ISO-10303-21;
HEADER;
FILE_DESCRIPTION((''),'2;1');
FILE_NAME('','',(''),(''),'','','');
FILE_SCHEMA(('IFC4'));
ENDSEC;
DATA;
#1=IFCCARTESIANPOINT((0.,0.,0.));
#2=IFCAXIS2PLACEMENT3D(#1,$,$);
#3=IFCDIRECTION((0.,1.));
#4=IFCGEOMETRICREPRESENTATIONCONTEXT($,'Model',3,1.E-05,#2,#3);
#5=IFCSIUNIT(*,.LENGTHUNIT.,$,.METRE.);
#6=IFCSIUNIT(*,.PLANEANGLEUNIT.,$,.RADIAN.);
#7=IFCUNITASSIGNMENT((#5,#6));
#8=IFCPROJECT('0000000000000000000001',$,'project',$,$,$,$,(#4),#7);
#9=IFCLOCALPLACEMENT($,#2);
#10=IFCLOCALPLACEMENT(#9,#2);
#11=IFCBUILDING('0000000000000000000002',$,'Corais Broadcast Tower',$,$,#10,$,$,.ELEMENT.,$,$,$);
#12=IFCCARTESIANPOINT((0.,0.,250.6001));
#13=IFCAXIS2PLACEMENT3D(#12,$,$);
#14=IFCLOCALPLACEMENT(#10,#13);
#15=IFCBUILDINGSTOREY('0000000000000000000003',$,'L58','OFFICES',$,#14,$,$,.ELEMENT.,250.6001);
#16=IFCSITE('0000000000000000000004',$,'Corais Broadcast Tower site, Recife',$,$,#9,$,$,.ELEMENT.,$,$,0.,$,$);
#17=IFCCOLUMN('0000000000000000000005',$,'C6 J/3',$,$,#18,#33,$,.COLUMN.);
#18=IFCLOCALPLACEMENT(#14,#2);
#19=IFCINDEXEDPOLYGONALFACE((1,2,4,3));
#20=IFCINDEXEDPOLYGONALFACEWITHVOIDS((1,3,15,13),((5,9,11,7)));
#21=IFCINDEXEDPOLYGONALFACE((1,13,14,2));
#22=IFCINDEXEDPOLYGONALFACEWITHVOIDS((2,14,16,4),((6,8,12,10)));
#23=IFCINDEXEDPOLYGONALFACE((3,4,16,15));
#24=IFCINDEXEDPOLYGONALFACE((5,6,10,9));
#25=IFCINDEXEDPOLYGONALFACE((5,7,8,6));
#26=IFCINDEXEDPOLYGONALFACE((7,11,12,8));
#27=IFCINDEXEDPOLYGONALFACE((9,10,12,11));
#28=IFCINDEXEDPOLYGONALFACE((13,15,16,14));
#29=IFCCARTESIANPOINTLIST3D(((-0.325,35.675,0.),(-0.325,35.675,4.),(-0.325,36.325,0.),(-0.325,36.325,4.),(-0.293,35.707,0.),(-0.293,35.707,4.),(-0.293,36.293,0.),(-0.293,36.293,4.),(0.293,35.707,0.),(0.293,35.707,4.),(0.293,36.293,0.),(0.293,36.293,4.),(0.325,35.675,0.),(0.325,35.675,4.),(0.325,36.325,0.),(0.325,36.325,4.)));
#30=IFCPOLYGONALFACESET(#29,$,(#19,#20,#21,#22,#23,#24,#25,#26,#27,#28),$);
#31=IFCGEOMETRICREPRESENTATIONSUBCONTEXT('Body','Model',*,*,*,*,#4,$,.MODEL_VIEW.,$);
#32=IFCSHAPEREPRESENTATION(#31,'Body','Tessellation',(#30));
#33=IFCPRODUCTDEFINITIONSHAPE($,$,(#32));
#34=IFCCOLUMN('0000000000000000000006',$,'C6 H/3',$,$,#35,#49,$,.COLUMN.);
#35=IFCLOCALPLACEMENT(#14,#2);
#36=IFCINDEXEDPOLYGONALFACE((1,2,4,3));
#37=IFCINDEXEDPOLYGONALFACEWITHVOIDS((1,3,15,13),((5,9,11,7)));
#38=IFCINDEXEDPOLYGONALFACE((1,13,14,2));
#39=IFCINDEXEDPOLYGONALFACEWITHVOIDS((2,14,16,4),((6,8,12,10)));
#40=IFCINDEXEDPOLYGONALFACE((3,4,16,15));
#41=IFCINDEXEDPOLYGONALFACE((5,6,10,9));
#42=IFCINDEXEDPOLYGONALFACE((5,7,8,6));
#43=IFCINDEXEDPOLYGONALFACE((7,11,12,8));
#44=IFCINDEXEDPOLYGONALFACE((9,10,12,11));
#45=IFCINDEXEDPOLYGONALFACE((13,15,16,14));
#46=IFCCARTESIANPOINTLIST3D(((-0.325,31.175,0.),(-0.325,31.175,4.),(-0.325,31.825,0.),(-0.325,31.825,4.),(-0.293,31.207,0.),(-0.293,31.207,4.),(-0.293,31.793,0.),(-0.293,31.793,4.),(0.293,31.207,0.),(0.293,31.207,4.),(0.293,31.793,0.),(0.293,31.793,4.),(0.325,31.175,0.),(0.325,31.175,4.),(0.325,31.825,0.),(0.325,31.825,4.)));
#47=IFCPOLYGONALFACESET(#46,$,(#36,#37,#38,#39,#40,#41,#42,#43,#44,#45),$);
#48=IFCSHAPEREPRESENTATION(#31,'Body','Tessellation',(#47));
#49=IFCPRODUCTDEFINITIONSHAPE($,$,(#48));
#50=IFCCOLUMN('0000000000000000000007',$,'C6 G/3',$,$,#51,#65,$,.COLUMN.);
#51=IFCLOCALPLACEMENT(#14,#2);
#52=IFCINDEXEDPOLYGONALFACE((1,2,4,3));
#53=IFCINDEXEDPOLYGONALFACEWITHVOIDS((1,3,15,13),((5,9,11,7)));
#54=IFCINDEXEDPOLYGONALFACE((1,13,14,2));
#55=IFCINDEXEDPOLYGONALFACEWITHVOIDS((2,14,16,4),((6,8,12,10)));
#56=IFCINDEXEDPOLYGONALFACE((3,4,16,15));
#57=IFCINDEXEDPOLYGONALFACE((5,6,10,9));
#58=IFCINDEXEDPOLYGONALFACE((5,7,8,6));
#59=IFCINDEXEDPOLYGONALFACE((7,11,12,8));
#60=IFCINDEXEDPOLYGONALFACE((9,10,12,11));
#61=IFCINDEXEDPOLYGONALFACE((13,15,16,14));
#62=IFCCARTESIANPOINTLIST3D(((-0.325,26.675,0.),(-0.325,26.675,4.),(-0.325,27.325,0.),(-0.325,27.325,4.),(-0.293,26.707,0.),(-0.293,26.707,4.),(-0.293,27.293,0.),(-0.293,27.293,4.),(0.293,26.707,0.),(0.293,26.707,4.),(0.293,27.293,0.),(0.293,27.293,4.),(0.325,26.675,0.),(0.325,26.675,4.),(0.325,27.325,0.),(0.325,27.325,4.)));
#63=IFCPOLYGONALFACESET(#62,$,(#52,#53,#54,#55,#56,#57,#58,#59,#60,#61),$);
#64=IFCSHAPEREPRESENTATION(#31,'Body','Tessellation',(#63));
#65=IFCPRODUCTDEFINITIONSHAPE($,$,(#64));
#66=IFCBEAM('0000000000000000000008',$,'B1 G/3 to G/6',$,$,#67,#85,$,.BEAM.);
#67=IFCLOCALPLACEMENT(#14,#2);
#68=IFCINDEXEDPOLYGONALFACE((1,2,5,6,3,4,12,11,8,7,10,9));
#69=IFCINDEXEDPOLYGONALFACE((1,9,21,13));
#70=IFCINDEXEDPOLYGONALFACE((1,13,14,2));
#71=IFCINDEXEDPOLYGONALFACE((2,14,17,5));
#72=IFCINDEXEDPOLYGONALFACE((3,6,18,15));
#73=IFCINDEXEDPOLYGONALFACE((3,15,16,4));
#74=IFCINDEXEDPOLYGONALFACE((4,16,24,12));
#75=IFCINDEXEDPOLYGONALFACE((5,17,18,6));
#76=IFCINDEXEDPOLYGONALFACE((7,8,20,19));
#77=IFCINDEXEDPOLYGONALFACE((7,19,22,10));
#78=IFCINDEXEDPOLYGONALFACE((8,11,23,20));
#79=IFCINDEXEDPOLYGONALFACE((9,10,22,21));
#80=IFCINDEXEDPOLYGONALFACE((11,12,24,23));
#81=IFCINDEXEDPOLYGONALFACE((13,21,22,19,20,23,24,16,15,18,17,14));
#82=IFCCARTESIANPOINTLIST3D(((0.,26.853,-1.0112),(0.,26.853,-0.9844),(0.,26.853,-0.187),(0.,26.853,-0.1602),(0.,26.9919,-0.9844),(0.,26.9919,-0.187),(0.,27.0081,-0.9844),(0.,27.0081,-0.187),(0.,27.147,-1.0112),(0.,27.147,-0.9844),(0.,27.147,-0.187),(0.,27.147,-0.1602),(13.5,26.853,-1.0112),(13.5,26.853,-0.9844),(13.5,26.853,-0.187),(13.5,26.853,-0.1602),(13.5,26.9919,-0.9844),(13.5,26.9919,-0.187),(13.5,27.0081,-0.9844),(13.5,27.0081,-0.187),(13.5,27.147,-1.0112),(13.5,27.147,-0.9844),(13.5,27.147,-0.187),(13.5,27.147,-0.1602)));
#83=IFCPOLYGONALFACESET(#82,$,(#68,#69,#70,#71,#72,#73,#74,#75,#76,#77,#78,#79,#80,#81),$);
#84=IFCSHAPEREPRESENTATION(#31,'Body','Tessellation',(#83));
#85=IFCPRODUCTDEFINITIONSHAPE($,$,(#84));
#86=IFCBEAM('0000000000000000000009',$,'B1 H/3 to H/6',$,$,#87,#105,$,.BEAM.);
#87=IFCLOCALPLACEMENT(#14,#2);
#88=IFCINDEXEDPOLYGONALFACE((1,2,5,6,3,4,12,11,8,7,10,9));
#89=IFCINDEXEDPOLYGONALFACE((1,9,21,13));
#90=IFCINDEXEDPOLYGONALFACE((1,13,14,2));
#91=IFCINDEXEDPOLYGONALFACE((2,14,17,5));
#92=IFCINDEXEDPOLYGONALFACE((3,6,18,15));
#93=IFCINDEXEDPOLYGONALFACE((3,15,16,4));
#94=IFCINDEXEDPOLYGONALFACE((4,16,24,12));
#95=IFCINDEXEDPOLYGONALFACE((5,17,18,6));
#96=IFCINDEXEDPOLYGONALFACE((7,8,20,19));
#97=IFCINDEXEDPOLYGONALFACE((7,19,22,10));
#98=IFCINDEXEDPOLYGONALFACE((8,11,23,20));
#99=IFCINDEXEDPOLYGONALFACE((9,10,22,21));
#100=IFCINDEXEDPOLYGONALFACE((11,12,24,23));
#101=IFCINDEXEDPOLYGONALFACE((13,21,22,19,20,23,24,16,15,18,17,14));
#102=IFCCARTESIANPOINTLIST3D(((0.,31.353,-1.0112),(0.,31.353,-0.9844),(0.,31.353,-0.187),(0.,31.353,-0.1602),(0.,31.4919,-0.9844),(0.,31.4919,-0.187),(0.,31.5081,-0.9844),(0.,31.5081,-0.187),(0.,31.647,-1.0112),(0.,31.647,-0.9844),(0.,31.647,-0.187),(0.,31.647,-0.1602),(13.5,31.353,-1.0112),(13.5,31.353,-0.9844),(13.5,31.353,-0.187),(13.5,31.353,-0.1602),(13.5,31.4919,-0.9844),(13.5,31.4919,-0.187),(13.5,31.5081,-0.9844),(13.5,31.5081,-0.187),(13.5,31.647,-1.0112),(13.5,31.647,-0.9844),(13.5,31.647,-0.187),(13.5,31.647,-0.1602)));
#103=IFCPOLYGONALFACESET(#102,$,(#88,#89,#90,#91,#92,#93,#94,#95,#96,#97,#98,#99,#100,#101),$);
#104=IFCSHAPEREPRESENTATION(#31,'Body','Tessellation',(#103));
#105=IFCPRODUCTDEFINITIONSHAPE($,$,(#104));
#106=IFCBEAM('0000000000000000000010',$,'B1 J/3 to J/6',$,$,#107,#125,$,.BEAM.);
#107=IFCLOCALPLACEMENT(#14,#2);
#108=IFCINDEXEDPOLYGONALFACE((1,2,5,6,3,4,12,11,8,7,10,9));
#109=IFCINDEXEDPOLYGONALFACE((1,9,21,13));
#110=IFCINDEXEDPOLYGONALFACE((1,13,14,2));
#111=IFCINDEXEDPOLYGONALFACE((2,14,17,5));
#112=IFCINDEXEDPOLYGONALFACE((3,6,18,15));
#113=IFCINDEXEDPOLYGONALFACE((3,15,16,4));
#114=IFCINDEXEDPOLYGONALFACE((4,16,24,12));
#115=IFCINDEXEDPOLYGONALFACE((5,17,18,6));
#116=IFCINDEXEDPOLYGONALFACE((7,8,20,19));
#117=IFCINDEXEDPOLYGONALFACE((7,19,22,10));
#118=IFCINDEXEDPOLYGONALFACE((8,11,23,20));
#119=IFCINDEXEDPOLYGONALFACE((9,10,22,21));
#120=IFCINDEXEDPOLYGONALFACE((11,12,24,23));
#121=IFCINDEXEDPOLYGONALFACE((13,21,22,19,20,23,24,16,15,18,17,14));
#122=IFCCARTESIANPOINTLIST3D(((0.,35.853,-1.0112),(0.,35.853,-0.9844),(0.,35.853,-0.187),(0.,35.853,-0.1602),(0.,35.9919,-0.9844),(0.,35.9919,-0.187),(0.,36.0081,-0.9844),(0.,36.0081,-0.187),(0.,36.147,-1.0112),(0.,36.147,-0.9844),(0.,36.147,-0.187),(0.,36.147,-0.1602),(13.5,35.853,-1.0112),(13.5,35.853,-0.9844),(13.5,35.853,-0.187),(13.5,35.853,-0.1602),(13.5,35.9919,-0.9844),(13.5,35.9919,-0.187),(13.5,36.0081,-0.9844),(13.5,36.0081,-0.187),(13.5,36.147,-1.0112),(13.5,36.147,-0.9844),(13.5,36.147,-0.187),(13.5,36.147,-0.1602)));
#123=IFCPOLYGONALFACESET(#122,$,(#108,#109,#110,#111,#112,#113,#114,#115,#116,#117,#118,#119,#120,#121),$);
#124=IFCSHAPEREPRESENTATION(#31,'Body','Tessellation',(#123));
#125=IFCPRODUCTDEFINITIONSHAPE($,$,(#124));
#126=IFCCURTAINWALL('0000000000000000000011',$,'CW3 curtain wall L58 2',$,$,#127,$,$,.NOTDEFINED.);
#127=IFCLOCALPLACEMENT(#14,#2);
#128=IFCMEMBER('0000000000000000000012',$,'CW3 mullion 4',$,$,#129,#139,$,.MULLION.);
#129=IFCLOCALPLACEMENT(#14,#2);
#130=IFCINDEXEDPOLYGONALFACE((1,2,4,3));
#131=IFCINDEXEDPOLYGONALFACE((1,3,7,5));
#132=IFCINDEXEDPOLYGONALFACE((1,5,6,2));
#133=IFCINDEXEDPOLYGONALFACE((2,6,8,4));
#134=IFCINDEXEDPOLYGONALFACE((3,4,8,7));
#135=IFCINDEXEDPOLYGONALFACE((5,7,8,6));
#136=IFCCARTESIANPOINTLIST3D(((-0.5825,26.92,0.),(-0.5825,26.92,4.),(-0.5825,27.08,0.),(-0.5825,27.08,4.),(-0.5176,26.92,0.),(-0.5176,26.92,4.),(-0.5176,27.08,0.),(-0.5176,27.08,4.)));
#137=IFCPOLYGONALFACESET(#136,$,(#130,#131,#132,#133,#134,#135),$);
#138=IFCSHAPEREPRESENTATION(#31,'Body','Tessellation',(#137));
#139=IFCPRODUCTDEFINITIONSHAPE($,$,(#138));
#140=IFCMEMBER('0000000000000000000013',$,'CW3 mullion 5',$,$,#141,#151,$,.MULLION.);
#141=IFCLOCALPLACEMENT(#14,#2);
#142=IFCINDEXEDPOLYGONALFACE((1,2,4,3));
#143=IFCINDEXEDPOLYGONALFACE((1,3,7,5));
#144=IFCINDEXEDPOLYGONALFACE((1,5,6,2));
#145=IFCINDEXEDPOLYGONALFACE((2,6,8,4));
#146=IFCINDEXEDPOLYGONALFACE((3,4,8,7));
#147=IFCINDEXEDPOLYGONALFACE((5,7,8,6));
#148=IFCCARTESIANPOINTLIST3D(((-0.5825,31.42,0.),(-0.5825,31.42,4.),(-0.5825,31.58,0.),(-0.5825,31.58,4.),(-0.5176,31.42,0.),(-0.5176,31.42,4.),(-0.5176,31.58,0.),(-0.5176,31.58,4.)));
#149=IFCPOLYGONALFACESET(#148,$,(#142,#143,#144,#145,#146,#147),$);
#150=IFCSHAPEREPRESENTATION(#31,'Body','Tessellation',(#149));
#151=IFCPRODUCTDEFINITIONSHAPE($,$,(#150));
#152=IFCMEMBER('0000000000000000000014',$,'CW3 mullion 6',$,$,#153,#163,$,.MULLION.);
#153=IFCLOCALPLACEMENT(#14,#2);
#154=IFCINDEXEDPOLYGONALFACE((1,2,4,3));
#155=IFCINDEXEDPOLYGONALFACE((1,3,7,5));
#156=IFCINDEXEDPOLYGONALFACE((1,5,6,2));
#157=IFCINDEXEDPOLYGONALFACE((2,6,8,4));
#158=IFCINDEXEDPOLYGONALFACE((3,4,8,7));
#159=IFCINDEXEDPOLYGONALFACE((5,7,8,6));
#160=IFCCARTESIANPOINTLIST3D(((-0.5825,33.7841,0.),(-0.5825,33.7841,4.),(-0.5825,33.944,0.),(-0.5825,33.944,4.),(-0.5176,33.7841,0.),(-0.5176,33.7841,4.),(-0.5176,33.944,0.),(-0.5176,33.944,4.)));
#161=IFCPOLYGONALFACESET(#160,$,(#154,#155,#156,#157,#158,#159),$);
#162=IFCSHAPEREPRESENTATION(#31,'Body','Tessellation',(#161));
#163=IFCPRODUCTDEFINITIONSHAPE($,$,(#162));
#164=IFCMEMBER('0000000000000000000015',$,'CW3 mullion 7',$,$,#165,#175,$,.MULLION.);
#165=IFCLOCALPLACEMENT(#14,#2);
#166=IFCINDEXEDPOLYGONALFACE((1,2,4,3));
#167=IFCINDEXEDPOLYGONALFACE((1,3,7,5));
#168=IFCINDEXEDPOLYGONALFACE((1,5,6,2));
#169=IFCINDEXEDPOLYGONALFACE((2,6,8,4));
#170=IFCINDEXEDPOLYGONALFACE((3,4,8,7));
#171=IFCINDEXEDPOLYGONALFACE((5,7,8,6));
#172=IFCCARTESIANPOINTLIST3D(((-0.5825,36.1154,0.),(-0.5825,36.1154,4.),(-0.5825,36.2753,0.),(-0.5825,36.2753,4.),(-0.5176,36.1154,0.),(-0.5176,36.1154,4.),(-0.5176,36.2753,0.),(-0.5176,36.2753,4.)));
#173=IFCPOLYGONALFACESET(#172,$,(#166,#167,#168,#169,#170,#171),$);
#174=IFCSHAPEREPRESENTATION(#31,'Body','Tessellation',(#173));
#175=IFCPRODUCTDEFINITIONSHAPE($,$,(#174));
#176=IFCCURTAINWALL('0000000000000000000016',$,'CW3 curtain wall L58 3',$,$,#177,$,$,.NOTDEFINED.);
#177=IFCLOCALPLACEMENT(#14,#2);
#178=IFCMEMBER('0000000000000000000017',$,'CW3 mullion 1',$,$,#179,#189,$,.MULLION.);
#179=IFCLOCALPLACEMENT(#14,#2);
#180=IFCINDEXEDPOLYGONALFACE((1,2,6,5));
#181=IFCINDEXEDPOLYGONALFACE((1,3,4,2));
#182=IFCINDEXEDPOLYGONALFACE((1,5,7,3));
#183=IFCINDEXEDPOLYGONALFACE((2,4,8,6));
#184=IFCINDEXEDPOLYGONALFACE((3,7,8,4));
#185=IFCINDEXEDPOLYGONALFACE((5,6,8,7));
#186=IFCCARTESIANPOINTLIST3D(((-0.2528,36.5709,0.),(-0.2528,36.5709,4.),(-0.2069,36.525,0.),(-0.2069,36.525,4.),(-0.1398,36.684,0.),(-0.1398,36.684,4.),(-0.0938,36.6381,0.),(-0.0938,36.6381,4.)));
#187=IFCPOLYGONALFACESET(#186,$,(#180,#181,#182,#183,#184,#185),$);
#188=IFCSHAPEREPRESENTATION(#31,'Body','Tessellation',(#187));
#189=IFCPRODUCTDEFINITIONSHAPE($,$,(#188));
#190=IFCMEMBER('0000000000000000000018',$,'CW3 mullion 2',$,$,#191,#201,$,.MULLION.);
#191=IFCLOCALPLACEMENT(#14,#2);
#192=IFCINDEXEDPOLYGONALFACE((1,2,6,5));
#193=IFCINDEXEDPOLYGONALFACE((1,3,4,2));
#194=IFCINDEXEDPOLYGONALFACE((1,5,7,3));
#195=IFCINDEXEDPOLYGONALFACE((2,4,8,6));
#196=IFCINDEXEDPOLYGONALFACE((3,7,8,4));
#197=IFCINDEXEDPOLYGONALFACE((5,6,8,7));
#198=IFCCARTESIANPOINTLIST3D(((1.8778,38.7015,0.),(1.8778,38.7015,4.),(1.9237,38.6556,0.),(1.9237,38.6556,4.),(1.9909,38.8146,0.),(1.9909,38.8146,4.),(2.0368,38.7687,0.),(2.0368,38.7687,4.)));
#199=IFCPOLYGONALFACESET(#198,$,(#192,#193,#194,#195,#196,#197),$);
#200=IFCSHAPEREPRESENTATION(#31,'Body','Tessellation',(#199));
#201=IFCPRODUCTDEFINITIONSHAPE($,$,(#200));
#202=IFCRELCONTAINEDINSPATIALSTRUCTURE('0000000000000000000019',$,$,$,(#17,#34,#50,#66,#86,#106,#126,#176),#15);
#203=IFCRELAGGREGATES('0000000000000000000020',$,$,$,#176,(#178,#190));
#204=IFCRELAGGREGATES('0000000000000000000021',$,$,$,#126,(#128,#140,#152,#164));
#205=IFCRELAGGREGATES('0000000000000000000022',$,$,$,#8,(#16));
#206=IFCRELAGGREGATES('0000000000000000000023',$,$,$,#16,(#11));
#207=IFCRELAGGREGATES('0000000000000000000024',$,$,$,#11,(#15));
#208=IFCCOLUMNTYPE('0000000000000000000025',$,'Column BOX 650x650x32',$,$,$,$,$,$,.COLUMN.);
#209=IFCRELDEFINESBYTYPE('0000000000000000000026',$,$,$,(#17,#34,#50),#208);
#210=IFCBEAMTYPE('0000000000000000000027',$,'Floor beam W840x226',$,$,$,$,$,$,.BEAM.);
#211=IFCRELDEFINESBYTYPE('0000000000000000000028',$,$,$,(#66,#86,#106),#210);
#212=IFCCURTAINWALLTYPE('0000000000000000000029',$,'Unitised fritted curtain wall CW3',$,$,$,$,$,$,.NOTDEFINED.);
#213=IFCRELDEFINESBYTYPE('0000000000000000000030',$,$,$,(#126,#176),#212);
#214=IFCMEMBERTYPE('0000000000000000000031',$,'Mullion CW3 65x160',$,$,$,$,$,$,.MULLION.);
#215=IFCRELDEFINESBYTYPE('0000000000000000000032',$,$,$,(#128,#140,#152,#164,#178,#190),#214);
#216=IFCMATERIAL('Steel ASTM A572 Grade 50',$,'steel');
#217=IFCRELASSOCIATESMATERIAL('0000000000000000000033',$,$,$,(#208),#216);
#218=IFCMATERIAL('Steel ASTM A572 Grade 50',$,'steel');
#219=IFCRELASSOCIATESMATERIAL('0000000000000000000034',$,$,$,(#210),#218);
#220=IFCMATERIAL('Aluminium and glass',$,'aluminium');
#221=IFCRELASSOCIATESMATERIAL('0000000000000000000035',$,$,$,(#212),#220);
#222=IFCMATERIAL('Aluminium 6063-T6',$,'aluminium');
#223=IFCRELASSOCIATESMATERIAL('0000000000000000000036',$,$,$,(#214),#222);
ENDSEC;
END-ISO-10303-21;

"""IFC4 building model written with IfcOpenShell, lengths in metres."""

from ifc_helpers import new_model, si_unit, direction, frame, origin, origin_2d, place, context, subcontext, project, spatial, rectangle, hollow_rectangle, i_section, extrude, material, material_profile, profile_set, type_object, element, aggregate, save


model = new_model("IFC4")

# Units and contexts
model_context = context("Model", 3, precision=1e-05, world=origin(), true_north=direction((0.0, 1.0)))
body_context = subcontext(model_context, "Body", "Model", "MODEL_VIEW")
ifc_project = project(units=[si_unit("LENGTHUNIT", "METRE"), si_unit("PLANEANGLEUNIT", "RADIAN")], contexts=[model_context])

# Site, building, storey
site_placement = place(None, origin())
site = spatial("IfcSite", under=ifc_project, at=site_placement, Name="Corais Broadcast Tower site, Recife", CompositionType="ELEMENT", RefElevation=0.0)
building_placement = place(site_placement, origin())
building = spatial("IfcBuilding", under=site, at=building_placement, Name="Corais Broadcast Tower", CompositionType="ELEMENT")
storey_placement = place(building_placement, frame((0.0, 0.0, 250.6001)))
storey = spatial("IfcBuildingStorey", under=building, at=storey_placement, Name="L58", Description="OFFICES", CompositionType="ELEMENT", Elevation=250.6001)

# Columns
ifc_material_1 = material(Name="Steel ASTM A572 Grade 50", Category="steel")
ifc_material_profile_1 = material_profile(ifc_material_1, hollow_rectangle(XDim=0.6499, YDim=0.6499, WallThickness=0.032, at=origin_2d()), Name="BOX 650x650x32")
ifc_profile_set_1 = profile_set([ifc_material_profile_1], Name="Steel ASTM A572 Grade 50")
column_type = type_object("IfcColumnType", Name="Column BOX 650x650x32", PredefinedType="COLUMN", material=ifc_profile_set_1)
for number, where, z_axis, x_axis, name in (
    (1, (0.0, 36.0, 0.0), (0.0, 0.0, 1.0), (1.0, 0.0, 0.0), "C6 J/3"),
    (2, (0.0, 31.5, 0.0), (0.0, 0.0, 1.0), (1.0, 0.0, 0.0), "C6 H/3"),
    (3, (0.0, 27.0, 0.0), (0.0, 0.0, 1.0), (1.0, 0.0, 0.0), "C6 G/3"),
):
    element("IfcColumn", number, at=place(storey_placement, frame(where, z_axis=z_axis, x_axis=x_axis)), inside=storey, type_object=column_type, Name=name, PredefinedType="COLUMN", context=body_context, shape_type="SweptSolid", body=[
        extrude(hollow_rectangle(XDim=0.6499, YDim=0.6499, WallThickness=0.032, at=origin_2d()), origin(), (0.0, 0.0, 1.0), 4.0),
    ])

# Beams
ifc_material_2 = material(Name="Steel ASTM A572 Grade 50", Category="steel")
ifc_material_profile_2 = material_profile(ifc_material_2, i_section(OverallWidth=0.2939, OverallDepth=0.8511, WebThickness=0.0161, FlangeThickness=0.0269, at=origin_2d()), Name="W840x226")
ifc_profile_set_2 = profile_set([ifc_material_profile_2], Name="Steel ASTM A572 Grade 50")
beam_type_1 = type_object("IfcBeamType", Name="Floor beam W840x226", PredefinedType="BEAM", material=ifc_profile_set_2)
for number, where, z_axis, x_axis, name in (
    (4, (0.0, 27.0, -0.5857), (1.0, 0.0, 0.0), (0.0, 1.0, 0.0), "B1 G/3 to G/6"),
    (5, (0.0, 31.5, -0.5857), (1.0, 0.0, 0.0), (0.0, 1.0, 0.0), "B1 H/3 to H/6"),
    (6, (0.0, 36.0, -0.5857), (1.0, 0.0, 0.0), (0.0, 1.0, 0.0), "B1 J/3 to J/6"),
):
    element("IfcBeam", number, at=place(storey_placement, frame(where, z_axis=z_axis, x_axis=x_axis)), inside=storey, type_object=beam_type_1, Name=name, PredefinedType="BEAM", context=body_context, shape_type="SweptSolid", body=[
        extrude(i_section(OverallWidth=0.2939, OverallDepth=0.8511, WebThickness=0.0161, FlangeThickness=0.0269, at=origin_2d()), origin(), (0.0, 0.0, 1.0), 13.5),
    ])

# Curtain walls, members
ifc_material_3 = material(Name="Aluminium and glass", Category="aluminium")
curtain_wall_type = type_object("IfcCurtainWallType", Name="Unitised fritted curtain wall CW3", PredefinedType="NOTDEFINED", material=ifc_material_3)
curtain_wall_1_placement = place(storey_placement, origin())
curtain_wall_1 = element("IfcCurtainWall", 7, at=curtain_wall_1_placement, inside=storey, type_object=curtain_wall_type, Name="CW3 curtain wall L58 2", PredefinedType="NOTDEFINED")
ifc_material_4 = material(Name="Aluminium 6063-T6", Category="aluminium")
ifc_material_profile_3 = material_profile(ifc_material_4, rectangle(XDim=0.0649, YDim=0.1599, at=origin_2d()), Name="Mullion CW3 65x160")
ifc_profile_set_3 = profile_set([ifc_material_profile_3], Name="Aluminium 6063-T6")
member_type_1 = type_object("IfcMemberType", Name="Mullion CW3 65x160", PredefinedType="MULLION", material=ifc_profile_set_3)
member_1_placement = place(storey_placement, frame((-0.55, 27.0, 0.0), z_axis=(0.0, 0.0, 1.0), x_axis=(-1.0, 0.0, 0.0)))
member_1 = element("IfcMember", 8, at=member_1_placement, type_object=member_type_1, Name="CW3 mullion 4", PredefinedType="MULLION", context=body_context, shape_type="SweptSolid", body=[
    extrude(rectangle(XDim=0.0649, YDim=0.1599, at=origin_2d()), origin(), (0.0, 0.0, 1.0), 4.0),
])
member_2_placement = place(storey_placement, frame((-0.55, 31.5, 0.0), z_axis=(0.0, 0.0, 1.0), x_axis=(-1.0, 0.0, 0.0)))
member_2 = element("IfcMember", 9, at=member_2_placement, type_object=member_type_1, Name="CW3 mullion 5", PredefinedType="MULLION", context=body_context, shape_type="SweptSolid", body=[
    extrude(rectangle(XDim=0.0649, YDim=0.1599, at=origin_2d()), origin(), (0.0, 0.0, 1.0), 4.0),
])
member_3_placement = place(storey_placement, frame((-0.55, 33.864, 0.0), z_axis=(0.0, 0.0, 1.0), x_axis=(-1.0, 0.0, 0.0)))
member_3 = element("IfcMember", 10, at=member_3_placement, type_object=member_type_1, Name="CW3 mullion 6", PredefinedType="MULLION", context=body_context, shape_type="SweptSolid", body=[
    extrude(rectangle(XDim=0.0649, YDim=0.1599, at=origin_2d()), origin(), (0.0, 0.0, 1.0), 4.0),
])
member_4_placement = place(storey_placement, frame((-0.55, 36.1953, 0.0), z_axis=(0.0, 0.0, 1.0), x_axis=(-1.0, 0.0, 0.0)))
member_4 = element("IfcMember", 11, at=member_4_placement, type_object=member_type_1, Name="CW3 mullion 7", PredefinedType="MULLION", context=body_context, shape_type="SweptSolid", body=[
    extrude(rectangle(XDim=0.0649, YDim=0.1599, at=origin_2d()), origin(), (0.0, 0.0, 1.0), 4.0),
])
curtain_wall_2_placement = place(storey_placement, origin())
curtain_wall_2 = element("IfcCurtainWall", 12, at=curtain_wall_2_placement, inside=storey, type_object=curtain_wall_type, Name="CW3 curtain wall L58 3", PredefinedType="NOTDEFINED")
member_5_placement = place(storey_placement, frame((-0.1733, 36.6045, 0.0), z_axis=(0.0, 0.0, 1.0), x_axis=(-0.707107, 0.707107, 0.0)))
member_5 = element("IfcMember", 13, at=member_5_placement, type_object=member_type_1, Name="CW3 mullion 1", PredefinedType="MULLION", context=body_context, shape_type="SweptSolid", body=[
    extrude(rectangle(XDim=0.0649, YDim=0.1599, at=origin_2d()), origin(), (0.0, 0.0, 1.0), 4.0),
])
member_6_placement = place(storey_placement, frame((1.9573, 38.7351, 0.0), z_axis=(0.0, 0.0, 1.0), x_axis=(-0.707107, 0.707107, 0.0)))
member_6 = element("IfcMember", 14, at=member_6_placement, type_object=member_type_1, Name="CW3 mullion 2", PredefinedType="MULLION", context=body_context, shape_type="SweptSolid", body=[
    extrude(rectangle(XDim=0.0649, YDim=0.1599, at=origin_2d()), origin(), (0.0, 0.0, 1.0), 4.0),
])

aggregate(curtain_wall_2, [member_5, member_6])
aggregate(curtain_wall_1, [member_1, member_2, member_3, member_4])

save(model, "model.ifc")
